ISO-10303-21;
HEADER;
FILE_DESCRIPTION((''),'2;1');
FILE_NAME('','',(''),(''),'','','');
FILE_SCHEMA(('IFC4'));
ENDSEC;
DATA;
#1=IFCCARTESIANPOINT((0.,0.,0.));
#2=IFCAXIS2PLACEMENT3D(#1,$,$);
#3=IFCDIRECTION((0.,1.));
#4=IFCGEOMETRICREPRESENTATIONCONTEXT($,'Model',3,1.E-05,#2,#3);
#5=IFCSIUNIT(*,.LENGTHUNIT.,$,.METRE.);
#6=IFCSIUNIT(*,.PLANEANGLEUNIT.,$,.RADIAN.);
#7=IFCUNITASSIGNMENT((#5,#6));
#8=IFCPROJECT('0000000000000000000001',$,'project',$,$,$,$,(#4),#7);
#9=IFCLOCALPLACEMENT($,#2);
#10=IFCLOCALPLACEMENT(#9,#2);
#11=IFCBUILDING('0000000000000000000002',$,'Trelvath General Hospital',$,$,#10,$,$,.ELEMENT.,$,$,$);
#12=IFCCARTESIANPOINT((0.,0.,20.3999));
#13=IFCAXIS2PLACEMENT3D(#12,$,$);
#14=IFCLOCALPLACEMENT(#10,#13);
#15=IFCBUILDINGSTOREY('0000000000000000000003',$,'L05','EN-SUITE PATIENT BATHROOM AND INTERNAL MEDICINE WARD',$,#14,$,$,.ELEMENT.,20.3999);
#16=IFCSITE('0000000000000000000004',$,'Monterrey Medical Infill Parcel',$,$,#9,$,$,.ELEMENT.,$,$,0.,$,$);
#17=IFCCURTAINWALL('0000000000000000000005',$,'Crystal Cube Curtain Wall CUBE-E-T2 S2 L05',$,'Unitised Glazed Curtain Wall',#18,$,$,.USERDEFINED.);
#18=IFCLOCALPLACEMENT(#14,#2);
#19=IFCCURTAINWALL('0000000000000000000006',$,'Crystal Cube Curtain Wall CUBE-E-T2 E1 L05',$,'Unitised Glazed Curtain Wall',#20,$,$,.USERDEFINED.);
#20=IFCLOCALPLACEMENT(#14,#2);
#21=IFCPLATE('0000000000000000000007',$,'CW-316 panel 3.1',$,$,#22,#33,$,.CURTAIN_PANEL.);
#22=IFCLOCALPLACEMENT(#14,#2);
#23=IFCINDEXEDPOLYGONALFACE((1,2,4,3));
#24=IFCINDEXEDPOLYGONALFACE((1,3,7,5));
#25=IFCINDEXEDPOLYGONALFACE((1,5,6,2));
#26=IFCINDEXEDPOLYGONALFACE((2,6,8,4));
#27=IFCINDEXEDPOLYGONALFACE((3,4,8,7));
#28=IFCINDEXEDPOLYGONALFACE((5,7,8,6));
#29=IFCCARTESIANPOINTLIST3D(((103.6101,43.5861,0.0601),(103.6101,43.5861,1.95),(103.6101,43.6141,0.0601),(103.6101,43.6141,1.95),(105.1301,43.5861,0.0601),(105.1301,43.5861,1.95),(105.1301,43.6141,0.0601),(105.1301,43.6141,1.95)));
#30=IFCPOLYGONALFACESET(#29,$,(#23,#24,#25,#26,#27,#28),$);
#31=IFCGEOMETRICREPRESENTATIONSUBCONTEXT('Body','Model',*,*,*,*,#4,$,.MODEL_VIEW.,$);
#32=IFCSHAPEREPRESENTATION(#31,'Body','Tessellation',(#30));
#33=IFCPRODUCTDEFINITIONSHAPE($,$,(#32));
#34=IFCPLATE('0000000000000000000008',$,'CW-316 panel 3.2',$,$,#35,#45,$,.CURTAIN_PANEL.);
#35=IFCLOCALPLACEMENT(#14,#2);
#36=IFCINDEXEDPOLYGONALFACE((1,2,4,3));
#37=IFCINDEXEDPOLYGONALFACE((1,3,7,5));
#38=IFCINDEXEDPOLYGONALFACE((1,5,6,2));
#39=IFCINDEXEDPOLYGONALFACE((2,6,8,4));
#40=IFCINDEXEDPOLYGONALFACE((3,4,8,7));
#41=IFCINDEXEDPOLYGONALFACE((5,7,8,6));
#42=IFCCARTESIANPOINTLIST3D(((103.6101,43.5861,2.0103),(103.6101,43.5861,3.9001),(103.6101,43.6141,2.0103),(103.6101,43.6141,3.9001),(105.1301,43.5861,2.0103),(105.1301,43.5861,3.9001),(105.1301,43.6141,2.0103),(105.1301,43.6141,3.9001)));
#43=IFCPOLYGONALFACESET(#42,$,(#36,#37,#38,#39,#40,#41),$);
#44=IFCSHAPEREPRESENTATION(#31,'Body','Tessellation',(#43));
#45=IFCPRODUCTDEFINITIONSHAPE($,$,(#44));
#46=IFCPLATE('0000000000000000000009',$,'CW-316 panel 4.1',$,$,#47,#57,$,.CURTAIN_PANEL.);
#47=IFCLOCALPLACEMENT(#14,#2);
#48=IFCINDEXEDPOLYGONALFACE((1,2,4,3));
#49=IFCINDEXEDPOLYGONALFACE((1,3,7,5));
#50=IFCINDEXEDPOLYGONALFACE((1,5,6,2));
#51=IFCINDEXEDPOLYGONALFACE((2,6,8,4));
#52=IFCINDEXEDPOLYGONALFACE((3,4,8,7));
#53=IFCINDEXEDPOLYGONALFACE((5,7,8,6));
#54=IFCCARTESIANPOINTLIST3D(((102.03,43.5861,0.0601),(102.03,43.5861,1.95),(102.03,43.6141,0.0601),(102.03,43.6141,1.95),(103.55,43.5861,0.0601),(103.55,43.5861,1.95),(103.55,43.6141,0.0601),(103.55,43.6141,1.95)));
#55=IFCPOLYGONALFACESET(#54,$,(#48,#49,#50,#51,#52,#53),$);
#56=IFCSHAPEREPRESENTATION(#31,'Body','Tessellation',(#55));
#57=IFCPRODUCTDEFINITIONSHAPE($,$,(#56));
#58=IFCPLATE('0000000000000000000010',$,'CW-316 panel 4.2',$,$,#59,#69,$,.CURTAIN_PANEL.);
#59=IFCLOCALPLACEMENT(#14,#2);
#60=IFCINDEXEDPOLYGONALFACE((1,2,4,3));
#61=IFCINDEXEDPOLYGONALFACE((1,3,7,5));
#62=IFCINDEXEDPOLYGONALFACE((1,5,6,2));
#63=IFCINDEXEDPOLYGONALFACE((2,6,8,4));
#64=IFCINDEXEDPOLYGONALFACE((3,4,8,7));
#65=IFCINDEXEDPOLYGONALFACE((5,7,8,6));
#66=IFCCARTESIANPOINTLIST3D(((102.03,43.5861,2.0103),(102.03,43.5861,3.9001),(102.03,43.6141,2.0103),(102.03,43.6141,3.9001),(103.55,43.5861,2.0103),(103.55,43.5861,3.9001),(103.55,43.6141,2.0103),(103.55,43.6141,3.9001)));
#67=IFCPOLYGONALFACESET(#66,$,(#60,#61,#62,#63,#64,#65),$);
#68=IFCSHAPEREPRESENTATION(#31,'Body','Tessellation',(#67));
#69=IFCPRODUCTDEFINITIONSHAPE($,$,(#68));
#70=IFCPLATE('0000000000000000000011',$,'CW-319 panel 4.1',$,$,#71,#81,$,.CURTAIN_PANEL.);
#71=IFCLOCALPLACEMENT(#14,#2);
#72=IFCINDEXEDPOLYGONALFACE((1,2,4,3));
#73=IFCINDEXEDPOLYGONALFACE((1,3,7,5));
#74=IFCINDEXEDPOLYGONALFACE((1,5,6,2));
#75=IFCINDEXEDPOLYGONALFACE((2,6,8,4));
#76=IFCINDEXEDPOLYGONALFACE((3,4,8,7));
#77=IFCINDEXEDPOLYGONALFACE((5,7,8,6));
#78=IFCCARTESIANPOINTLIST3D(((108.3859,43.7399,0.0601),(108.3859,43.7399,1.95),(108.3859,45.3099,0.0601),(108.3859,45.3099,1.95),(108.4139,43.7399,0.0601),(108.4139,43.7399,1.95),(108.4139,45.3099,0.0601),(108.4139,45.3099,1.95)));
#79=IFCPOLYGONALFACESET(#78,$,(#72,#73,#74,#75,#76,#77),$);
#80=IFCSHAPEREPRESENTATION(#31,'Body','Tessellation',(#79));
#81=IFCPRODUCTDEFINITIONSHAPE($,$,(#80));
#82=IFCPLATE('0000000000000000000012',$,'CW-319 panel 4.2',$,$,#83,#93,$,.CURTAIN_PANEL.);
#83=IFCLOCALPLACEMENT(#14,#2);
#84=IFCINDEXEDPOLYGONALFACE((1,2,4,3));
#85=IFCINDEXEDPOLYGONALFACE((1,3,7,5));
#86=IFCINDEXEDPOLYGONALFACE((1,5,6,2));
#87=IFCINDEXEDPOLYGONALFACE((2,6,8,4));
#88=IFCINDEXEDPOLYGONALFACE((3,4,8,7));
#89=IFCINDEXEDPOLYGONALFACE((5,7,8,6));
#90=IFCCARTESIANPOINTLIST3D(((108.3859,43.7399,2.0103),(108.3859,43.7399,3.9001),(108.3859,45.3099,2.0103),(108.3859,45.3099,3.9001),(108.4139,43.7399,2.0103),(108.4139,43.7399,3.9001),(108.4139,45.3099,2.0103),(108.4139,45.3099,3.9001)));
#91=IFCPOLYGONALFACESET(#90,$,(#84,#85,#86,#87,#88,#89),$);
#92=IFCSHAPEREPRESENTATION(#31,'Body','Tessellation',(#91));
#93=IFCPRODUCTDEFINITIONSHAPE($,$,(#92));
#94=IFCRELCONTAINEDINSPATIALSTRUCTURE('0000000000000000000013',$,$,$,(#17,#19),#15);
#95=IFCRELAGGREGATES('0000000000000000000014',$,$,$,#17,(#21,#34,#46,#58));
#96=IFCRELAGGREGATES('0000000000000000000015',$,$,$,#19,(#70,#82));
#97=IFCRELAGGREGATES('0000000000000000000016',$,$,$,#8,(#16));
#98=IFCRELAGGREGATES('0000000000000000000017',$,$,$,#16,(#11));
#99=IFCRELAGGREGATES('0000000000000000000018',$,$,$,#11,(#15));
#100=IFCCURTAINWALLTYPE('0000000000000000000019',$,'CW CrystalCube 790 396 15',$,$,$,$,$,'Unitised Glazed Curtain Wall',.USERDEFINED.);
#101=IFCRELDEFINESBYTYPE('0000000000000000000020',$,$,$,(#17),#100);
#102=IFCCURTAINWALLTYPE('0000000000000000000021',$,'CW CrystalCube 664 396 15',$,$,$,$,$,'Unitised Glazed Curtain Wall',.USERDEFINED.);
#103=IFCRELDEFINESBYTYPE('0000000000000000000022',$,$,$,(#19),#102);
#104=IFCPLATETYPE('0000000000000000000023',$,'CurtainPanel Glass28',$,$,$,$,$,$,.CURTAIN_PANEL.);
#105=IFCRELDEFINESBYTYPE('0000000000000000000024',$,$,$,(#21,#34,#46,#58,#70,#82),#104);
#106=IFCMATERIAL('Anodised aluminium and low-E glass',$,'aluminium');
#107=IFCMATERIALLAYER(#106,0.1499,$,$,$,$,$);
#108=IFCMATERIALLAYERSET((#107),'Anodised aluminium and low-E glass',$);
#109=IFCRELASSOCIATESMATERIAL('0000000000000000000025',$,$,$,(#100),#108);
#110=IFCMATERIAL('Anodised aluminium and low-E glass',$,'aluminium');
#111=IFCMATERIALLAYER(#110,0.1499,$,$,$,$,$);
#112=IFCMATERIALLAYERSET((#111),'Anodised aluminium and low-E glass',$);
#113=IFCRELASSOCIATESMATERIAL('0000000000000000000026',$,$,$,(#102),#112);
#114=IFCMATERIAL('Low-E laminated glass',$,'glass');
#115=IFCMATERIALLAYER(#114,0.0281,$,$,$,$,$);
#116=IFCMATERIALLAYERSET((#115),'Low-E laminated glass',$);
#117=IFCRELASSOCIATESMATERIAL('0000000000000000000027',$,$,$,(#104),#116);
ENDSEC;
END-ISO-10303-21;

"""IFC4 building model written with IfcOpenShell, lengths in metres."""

from ifc_helpers import new_model, si_unit, direction, frame, origin, origin_2d, place, context, subcontext, project, spatial, rectangle, extrude, material, layer, layer_set, type_object, element, aggregate, save


model = new_model("IFC4")

# Units and contexts
model_context = context("Model", 3, precision=1e-05, world=origin(), true_north=direction((0.0, 1.0)))
body_context = subcontext(model_context, "Body", "Model", "MODEL_VIEW")
ifc_project = project(units=[si_unit("LENGTHUNIT", "METRE"), si_unit("PLANEANGLEUNIT", "RADIAN")], contexts=[model_context])

# Site, building, storey
site_placement = place(None, origin())
site = spatial("IfcSite", under=ifc_project, at=site_placement, Name="Monterrey Medical Infill Parcel", CompositionType="ELEMENT", RefElevation=0.0)
building_placement = place(site_placement, origin())
building = spatial("IfcBuilding", under=site, at=building_placement, Name="Trelvath General Hospital", CompositionType="ELEMENT")
storey_placement = place(building_placement, frame((0.0, 0.0, 20.3999)))
storey = spatial("IfcBuildingStorey", under=building, at=storey_placement, Name="L05", Description="EN-SUITE PATIENT BATHROOM AND INTERNAL MEDICINE WARD", CompositionType="ELEMENT", Elevation=20.3999)

# Curtain wall
ifc_material_1 = material(Name="Anodised aluminium and low-E glass", Category="aluminium")
ifc_layer_1 = layer(ifc_material_1, 0.1499)
ifc_layer_set_1 = layer_set([ifc_layer_1], Name="Anodised aluminium and low-E glass")
curtain_wall_type_1 = type_object("IfcCurtainWallType", Name="CW CrystalCube 790 396 15", ElementType="Unitised Glazed Curtain Wall", PredefinedType="USERDEFINED", material=ifc_layer_set_1)
curtain_wall_1_placement = place(storey_placement, origin())
curtain_wall_1 = element("IfcCurtainWall", 1, at=curtain_wall_1_placement, inside=storey, type_object=curtain_wall_type_1, Name="Crystal Cube Curtain Wall CUBE-E-T2 S2 L05", ObjectType="Unitised Glazed Curtain Wall", PredefinedType="USERDEFINED")

# Curtain wall
ifc_material_2 = material(Name="Anodised aluminium and low-E glass", Category="aluminium")
ifc_layer_2 = layer(ifc_material_2, 0.1499)
ifc_layer_set_2 = layer_set([ifc_layer_2], Name="Anodised aluminium and low-E glass")
curtain_wall_type_2 = type_object("IfcCurtainWallType", Name="CW CrystalCube 664 396 15", ElementType="Unitised Glazed Curtain Wall", PredefinedType="USERDEFINED", material=ifc_layer_set_2)
curtain_wall_2_placement = place(storey_placement, origin())
curtain_wall_2 = element("IfcCurtainWall", 2, at=curtain_wall_2_placement, inside=storey, type_object=curtain_wall_type_2, Name="Crystal Cube Curtain Wall CUBE-E-T2 E1 L05", ObjectType="Unitised Glazed Curtain Wall", PredefinedType="USERDEFINED")

# Plates
ifc_material_3 = material(Name="Low-E laminated glass", Category="glass")
ifc_layer_3 = layer(ifc_material_3, 0.0281)
ifc_layer_set_3 = layer_set([ifc_layer_3], Name="Low-E laminated glass")
plate_type = type_object("IfcPlateType", Name="CurtainPanel Glass28", PredefinedType="CURTAIN_PANEL", material=ifc_layer_set_3)
plate_1_placement = place(storey_placement, frame((104.3701, 43.6001, 0.0601), z_axis=(0.0, 0.0, 1.0), x_axis=(-1.0, 0.0, 0.0)))
plate_1 = element("IfcPlate", 3, at=plate_1_placement, type_object=plate_type, Name="CW-316 panel 3.1", PredefinedType="CURTAIN_PANEL", context=body_context, shape_type="SweptSolid", body=[
    extrude(rectangle(XDim=1.52, YDim=0.0281, at=origin_2d()), origin(), (0.0, 0.0, 1.0), 1.8899),
])
plate_2_placement = place(storey_placement, frame((104.3701, 43.6001, 2.0103), z_axis=(0.0, 0.0, 1.0), x_axis=(-1.0, 0.0, 0.0)))
plate_2 = element("IfcPlate", 4, at=plate_2_placement, type_object=plate_type, Name="CW-316 panel 3.2", PredefinedType="CURTAIN_PANEL", context=body_context, shape_type="SweptSolid", body=[
    extrude(rectangle(XDim=1.52, YDim=0.0281, at=origin_2d()), origin(), (0.0, 0.0, 1.0), 1.8899),
])
plate_3_placement = place(storey_placement, frame((102.79, 43.6001, 0.0601), z_axis=(0.0, 0.0, 1.0), x_axis=(-1.0, 0.0, 0.0)))
plate_3 = element("IfcPlate", 5, at=plate_3_placement, type_object=plate_type, Name="CW-316 panel 4.1", PredefinedType="CURTAIN_PANEL", context=body_context, shape_type="SweptSolid", body=[
    extrude(rectangle(XDim=1.52, YDim=0.0281, at=origin_2d()), origin(), (0.0, 0.0, 1.0), 1.8899),
])
plate_4_placement = place(storey_placement, frame((102.79, 43.6001, 2.0103), z_axis=(0.0, 0.0, 1.0), x_axis=(-1.0, 0.0, 0.0)))
plate_4 = element("IfcPlate", 6, at=plate_4_placement, type_object=plate_type, Name="CW-316 panel 4.2", PredefinedType="CURTAIN_PANEL", context=body_context, shape_type="SweptSolid", body=[
    extrude(rectangle(XDim=1.52, YDim=0.0281, at=origin_2d()), origin(), (0.0, 0.0, 1.0), 1.8899),
])
aggregate(curtain_wall_1, [plate_1, plate_2, plate_3, plate_4])
plate_5_placement = place(storey_placement, frame((108.3999, 44.5249, 0.0601), z_axis=(0.0, 0.0, 1.0), x_axis=(0.0, -1.0, 0.0)))
plate_5 = element("IfcPlate", 7, at=plate_5_placement, type_object=plate_type, Name="CW-319 panel 4.1", PredefinedType="CURTAIN_PANEL", context=body_context, shape_type="SweptSolid", body=[
    extrude(rectangle(XDim=1.5701, YDim=0.0281, at=origin_2d()), origin(), (0.0, 0.0, 1.0), 1.8899),
])
plate_6_placement = place(storey_placement, frame((108.3999, 44.5249, 2.0103), z_axis=(0.0, 0.0, 1.0), x_axis=(0.0, -1.0, 0.0)))
plate_6 = element("IfcPlate", 8, at=plate_6_placement, type_object=plate_type, Name="CW-319 panel 4.2", PredefinedType="CURTAIN_PANEL", context=body_context, shape_type="SweptSolid", body=[
    extrude(rectangle(XDim=1.5701, YDim=0.0281, at=origin_2d()), origin(), (0.0, 0.0, 1.0), 1.8899),
])
aggregate(curtain_wall_2, [plate_5, plate_6])

save(model, "model.ifc")
